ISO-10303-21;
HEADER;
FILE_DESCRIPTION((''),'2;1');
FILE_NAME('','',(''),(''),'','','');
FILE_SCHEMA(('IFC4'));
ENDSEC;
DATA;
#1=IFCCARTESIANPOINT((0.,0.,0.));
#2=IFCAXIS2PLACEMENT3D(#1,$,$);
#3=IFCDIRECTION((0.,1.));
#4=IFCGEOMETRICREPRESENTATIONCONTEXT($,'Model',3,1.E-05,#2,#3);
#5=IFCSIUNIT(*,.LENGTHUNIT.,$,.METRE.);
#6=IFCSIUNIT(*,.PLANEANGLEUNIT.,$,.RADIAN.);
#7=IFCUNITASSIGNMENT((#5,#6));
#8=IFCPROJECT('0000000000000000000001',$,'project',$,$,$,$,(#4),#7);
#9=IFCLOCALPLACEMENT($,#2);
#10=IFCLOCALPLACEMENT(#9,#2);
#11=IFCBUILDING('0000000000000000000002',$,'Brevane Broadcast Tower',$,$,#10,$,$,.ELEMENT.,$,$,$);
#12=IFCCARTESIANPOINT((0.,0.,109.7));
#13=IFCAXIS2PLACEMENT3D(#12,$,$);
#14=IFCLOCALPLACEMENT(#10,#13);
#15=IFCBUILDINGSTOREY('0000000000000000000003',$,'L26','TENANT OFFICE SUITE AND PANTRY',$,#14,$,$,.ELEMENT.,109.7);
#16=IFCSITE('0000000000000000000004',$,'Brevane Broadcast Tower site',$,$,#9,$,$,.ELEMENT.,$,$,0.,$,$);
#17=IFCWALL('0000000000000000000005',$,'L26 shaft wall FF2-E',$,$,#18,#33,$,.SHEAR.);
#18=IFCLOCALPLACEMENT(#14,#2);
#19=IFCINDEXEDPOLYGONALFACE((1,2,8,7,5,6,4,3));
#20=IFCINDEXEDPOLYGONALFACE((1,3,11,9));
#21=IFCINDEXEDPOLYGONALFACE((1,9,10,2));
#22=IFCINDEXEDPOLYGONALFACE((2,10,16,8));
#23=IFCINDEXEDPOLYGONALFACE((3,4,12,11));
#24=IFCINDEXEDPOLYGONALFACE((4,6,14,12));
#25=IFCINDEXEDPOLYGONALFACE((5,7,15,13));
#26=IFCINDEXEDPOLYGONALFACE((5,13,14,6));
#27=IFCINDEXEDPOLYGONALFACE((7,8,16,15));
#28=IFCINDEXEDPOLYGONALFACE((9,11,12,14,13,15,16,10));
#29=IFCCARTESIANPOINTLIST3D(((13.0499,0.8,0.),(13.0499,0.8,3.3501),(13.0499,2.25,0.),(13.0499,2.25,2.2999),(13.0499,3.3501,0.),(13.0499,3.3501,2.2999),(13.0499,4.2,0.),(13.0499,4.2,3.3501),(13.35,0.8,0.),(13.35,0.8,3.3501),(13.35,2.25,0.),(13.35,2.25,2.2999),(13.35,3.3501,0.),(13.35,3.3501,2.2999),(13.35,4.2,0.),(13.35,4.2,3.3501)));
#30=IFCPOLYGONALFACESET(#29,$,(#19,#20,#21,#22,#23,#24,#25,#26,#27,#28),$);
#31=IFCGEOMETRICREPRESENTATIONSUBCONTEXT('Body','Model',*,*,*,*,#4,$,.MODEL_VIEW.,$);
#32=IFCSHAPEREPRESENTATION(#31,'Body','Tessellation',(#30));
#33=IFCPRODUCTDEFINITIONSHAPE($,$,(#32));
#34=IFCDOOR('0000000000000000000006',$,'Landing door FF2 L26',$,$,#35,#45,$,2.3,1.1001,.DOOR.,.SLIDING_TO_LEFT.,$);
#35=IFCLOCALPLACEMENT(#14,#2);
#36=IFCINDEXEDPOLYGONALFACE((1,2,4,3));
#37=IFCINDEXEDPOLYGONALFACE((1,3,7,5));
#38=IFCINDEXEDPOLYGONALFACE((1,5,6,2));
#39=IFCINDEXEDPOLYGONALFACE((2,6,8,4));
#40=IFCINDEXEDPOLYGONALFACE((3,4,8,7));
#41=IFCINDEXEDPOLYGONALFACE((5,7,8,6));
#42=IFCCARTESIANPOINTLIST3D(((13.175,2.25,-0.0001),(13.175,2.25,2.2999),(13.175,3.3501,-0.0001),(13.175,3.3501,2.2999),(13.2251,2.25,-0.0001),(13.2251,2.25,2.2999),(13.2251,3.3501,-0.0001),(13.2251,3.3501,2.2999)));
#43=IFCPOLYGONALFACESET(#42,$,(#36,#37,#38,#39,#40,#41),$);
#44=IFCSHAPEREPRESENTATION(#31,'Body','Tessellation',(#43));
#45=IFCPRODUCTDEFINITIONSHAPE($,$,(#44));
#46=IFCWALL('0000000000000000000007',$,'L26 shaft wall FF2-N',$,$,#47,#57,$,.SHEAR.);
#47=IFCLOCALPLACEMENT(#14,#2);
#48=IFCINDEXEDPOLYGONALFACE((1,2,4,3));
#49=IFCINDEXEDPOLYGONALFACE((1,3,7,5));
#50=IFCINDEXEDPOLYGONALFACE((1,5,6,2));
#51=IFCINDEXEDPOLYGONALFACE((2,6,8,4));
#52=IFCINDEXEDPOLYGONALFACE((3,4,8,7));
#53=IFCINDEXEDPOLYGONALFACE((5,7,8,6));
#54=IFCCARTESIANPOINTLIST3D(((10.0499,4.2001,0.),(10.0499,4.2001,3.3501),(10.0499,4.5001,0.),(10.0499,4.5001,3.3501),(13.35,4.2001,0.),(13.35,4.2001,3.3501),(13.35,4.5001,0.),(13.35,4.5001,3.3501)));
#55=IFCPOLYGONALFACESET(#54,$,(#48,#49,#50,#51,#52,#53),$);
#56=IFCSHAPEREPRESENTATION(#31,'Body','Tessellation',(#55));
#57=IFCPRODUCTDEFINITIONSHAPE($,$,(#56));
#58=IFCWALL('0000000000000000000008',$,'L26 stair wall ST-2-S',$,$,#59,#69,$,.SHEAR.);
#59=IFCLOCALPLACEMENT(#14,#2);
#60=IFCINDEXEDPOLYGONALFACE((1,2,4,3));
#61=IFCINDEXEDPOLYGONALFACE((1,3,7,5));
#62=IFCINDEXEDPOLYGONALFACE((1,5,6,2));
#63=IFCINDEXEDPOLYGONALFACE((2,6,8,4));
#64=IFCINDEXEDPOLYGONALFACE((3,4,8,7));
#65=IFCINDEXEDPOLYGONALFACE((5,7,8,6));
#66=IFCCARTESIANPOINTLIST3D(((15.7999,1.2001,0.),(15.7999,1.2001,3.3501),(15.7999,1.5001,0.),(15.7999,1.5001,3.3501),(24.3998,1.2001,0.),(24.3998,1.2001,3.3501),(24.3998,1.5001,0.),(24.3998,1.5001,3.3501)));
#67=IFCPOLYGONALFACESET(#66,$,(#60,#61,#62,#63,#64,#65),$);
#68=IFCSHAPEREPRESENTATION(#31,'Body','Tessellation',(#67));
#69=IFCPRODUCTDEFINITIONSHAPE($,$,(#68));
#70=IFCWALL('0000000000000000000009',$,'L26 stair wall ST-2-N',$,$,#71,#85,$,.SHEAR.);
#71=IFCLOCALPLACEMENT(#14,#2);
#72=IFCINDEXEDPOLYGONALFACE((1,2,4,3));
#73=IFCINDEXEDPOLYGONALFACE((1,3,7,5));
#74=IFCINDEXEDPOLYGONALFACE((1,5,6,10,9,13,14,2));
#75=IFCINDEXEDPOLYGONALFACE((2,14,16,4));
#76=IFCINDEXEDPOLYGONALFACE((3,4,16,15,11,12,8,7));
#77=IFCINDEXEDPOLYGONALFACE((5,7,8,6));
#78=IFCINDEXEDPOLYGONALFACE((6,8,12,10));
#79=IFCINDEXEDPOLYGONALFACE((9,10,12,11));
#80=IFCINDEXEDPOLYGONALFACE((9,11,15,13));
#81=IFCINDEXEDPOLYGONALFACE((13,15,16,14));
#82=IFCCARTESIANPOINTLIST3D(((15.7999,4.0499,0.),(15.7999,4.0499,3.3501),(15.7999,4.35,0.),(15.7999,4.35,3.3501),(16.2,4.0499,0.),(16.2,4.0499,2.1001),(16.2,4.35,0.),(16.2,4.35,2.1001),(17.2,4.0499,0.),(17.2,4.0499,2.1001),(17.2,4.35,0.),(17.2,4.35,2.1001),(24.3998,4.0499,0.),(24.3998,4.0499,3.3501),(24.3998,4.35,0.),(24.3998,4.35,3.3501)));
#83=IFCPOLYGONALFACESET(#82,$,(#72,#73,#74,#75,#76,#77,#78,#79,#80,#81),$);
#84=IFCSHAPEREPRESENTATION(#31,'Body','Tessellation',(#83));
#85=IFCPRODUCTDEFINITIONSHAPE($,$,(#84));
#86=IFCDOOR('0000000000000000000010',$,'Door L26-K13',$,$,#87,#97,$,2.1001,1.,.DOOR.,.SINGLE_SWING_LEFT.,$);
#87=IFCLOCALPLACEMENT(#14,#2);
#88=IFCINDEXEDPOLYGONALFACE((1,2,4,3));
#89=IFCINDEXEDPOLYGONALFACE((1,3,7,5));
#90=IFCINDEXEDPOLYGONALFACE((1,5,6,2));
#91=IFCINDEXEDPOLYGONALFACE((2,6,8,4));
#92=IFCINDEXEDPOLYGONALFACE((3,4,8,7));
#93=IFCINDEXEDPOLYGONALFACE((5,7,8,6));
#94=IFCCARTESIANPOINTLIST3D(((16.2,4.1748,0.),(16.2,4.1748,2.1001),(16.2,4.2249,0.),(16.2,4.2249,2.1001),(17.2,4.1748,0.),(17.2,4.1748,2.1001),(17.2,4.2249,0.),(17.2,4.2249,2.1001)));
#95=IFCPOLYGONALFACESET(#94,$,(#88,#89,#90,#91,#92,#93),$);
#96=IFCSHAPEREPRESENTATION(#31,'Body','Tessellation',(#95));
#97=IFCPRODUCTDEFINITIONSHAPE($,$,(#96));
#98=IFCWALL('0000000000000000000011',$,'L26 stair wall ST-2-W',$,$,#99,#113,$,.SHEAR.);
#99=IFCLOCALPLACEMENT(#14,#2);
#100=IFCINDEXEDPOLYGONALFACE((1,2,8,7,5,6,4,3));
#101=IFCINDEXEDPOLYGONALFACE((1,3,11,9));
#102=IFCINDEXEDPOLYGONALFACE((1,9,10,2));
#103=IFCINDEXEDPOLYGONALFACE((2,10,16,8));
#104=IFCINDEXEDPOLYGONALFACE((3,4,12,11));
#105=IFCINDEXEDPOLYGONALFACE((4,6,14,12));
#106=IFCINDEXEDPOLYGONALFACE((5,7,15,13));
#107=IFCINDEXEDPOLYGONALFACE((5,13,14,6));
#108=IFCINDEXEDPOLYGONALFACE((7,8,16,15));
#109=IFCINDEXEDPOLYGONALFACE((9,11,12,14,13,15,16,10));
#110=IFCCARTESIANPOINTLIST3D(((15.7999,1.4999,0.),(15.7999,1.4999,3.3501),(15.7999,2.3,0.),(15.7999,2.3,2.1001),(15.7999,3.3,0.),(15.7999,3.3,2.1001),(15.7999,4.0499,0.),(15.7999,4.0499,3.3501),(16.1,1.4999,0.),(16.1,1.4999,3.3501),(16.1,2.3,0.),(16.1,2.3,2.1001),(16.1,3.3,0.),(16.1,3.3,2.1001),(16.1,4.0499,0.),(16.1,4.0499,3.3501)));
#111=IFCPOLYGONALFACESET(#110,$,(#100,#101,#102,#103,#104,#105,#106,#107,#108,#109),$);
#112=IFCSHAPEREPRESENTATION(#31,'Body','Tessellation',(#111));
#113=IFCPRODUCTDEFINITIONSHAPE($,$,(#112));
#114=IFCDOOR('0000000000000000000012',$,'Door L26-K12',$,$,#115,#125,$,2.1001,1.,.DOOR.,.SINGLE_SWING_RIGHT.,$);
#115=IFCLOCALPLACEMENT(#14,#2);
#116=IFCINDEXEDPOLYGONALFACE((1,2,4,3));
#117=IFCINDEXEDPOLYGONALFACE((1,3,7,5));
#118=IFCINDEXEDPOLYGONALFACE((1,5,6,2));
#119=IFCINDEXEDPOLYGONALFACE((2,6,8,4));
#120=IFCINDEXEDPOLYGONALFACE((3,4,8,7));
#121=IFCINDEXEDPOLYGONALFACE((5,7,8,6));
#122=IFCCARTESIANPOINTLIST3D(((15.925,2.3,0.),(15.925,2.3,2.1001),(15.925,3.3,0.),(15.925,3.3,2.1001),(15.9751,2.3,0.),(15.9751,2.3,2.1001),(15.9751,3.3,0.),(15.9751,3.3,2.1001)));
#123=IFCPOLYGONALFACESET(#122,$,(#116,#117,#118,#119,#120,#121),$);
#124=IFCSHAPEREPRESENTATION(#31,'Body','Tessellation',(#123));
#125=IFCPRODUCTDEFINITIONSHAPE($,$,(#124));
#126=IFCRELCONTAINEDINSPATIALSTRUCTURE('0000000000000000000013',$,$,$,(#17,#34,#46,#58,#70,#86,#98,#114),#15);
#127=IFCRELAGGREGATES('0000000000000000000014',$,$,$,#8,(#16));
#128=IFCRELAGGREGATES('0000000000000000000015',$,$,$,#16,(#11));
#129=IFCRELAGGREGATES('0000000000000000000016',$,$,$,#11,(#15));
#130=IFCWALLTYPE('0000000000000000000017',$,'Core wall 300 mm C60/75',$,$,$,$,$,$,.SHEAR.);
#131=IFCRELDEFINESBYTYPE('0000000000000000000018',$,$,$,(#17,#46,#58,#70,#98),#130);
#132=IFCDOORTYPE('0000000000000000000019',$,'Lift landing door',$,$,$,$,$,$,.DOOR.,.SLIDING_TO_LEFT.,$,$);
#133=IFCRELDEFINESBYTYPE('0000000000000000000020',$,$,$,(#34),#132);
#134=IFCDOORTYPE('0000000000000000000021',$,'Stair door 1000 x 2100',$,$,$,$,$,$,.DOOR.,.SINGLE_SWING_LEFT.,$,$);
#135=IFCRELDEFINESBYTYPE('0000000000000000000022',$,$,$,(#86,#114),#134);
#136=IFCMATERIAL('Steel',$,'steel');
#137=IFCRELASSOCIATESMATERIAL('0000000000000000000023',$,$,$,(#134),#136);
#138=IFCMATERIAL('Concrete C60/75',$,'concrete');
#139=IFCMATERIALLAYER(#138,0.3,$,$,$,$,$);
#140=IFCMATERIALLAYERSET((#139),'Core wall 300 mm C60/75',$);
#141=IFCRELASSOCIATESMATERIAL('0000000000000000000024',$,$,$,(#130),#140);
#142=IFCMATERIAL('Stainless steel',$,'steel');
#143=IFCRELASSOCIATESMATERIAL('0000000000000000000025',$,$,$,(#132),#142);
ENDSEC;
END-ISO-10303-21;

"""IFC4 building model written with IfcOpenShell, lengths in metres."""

from ifc_helpers import new_model, si_unit, direction, frame, frame_2d, origin, place, context, subcontext, project, spatial, rectangle, extrude, material, layer, layer_set, type_object, element, fill, save


model = new_model("IFC4")

# Units and contexts
model_context = context("Model", 3, precision=1e-05, world=origin(), true_north=direction((0.0, 1.0)))
body_context = subcontext(model_context, "Body", "Model", "MODEL_VIEW")
ifc_project = project(units=[si_unit("LENGTHUNIT", "METRE"), si_unit("PLANEANGLEUNIT", "RADIAN")], contexts=[model_context])

# Site, building, storey
site_placement = place(None, origin())
site = spatial("IfcSite", under=ifc_project, at=site_placement, Name="Brevane Broadcast Tower site", CompositionType="ELEMENT", RefElevation=0.0)
building_placement = place(site_placement, origin())
building = spatial("IfcBuilding", under=site, at=building_placement, Name="Brevane Broadcast Tower", CompositionType="ELEMENT")
storey_placement = place(building_placement, frame((0.0, 0.0, 109.7)))
storey = spatial("IfcBuildingStorey", under=building, at=storey_placement, Name="L26", Description="TENANT OFFICE SUITE AND PANTRY", CompositionType="ELEMENT", Elevation=109.7)

# Shared definitions
ifc_material_1 = material(Name="Steel", Category="steel")
door_type_1 = type_object("IfcDoorType", Name="Stair door 1000 x 2100", OperationType="SINGLE_SWING_LEFT", PredefinedType="DOOR", material=ifc_material_1)

# Shared definitions
ifc_material_2 = material(Name="Concrete C60/75", Category="concrete")
ifc_layer_1 = layer(ifc_material_2, 0.3)
ifc_layer_set_1 = layer_set([ifc_layer_1], Name="Core wall 300 mm C60/75")
wall_type_1 = type_object("IfcWallType", Name="Core wall 300 mm C60/75", PredefinedType="SHEAR", material=ifc_layer_set_1)

# Wall, opening, door
wall_1_placement = place(storey_placement, frame((13.2, 0.8, 0.0), z_axis=(0.0, 0.0, 1.0), x_axis=(0.0, 1.0, 0.0)))
wall_1 = element("IfcWall", 1, at=wall_1_placement, inside=storey, type_object=wall_type_1, Name="L26 shaft wall FF2-E", PredefinedType="SHEAR", context=body_context, shape_type="SweptSolid", body=[
    extrude(rectangle(XDim=3.3999, YDim=0.3, at=frame_2d((1.7, 0.0))), origin(), (0.0, 0.0, 1.0), 3.3501),
])
opening_1_placement = place(wall_1_placement, frame((1.45, 0.0, 0.0)))
opening_1 = element("IfcOpeningElement", 2, at=opening_1_placement, cuts=wall_1, PredefinedType="OPENING", context=body_context, shape_type="SweptSolid", body=[
    extrude(rectangle(XDim=1.1001, YDim=2.3, at=frame_2d((0.55, 1.1499))), frame((0.0, 0.1599, 0.0), z_axis=(0.0, -1.0, 0.0), x_axis=(1.0, 0.0, 0.0)), (0.0, 0.0, 1.0), 0.3201),
])
ifc_material_3 = material(Name="Stainless steel", Category="steel")
door_type_2 = type_object("IfcDoorType", Name="Lift landing door", OperationType="SLIDING_TO_LEFT", PredefinedType="DOOR", material=ifc_material_3)
door_1_placement = place(opening_1_placement, origin())
door_1 = element("IfcDoor", 3, at=door_1_placement, inside=storey, type_object=door_type_2, Name="Landing door FF2 L26", OperationType="SLIDING_TO_LEFT", OverallHeight=2.3, OverallWidth=1.1001, PredefinedType="DOOR", context=body_context, shape_type="SweptSolid", body=[
    extrude(rectangle(XDim=1.1001, YDim=2.3, at=frame_2d((0.55, 1.1499))), frame((0.0, 0.0249, 0.0), z_axis=(0.0, -1.0, 0.0), x_axis=(1.0, 0.0, 0.0)), (0.0, 0.0, 1.0), 0.05),
])
fill(opening_1, door_1)

# Walls
wall_2_placement = place(storey_placement, frame((10.05, 4.3501, 0.0), z_axis=(0.0, 0.0, 1.0), x_axis=(1.0, 0.0, 0.0)))
element("IfcWall", 4, at=wall_2_placement, inside=storey, type_object=wall_type_1, Name="L26 shaft wall FF2-N", PredefinedType="SHEAR", context=body_context, shape_type="SweptSolid", body=[
    extrude(rectangle(XDim=3.3, YDim=0.3, at=frame_2d((1.6499, 0.0))), origin(), (0.0, 0.0, 1.0), 3.3501),
])
wall_3_placement = place(storey_placement, frame((15.8, 1.3501, 0.0), z_axis=(0.0, 0.0, 1.0), x_axis=(1.0, 0.0, 0.0)))
element("IfcWall", 5, at=wall_3_placement, inside=storey, type_object=wall_type_1, Name="L26 stair wall ST-2-S", PredefinedType="SHEAR", context=body_context, shape_type="SweptSolid", body=[
    extrude(rectangle(XDim=8.5999, YDim=0.3, at=frame_2d((4.2998, 0.0))), origin(), (0.0, 0.0, 1.0), 3.3501),
])

# Walls, openings, doors
wall_4_placement = place(storey_placement, frame((15.8, 4.2, 0.0), z_axis=(0.0, 0.0, 1.0), x_axis=(1.0, 0.0, 0.0)))
wall_4 = element("IfcWall", 6, at=wall_4_placement, inside=storey, type_object=wall_type_1, Name="L26 stair wall ST-2-N", PredefinedType="SHEAR", context=body_context, shape_type="SweptSolid", body=[
    extrude(rectangle(XDim=8.5999, YDim=0.3, at=frame_2d((4.2998, 0.0))), origin(), (0.0, 0.0, 1.0), 3.3501),
])
opening_2_placement = place(wall_4_placement, frame((0.3999, 0.0, 0.0)))
opening_2 = element("IfcOpeningElement", 7, at=opening_2_placement, cuts=wall_4, PredefinedType="OPENING", context=body_context, shape_type="SweptSolid", body=[
    extrude(rectangle(XDim=1.0, YDim=2.1001, at=frame_2d((0.5, 1.05))), frame((0.0, 0.1599, 0.0), z_axis=(0.0, -1.0, 0.0), x_axis=(1.0, 0.0, 0.0)), (0.0, 0.0, 1.0), 0.3201),
])
door_2_placement = place(opening_2_placement, origin())
door_2 = element("IfcDoor", 8, at=door_2_placement, inside=storey, type_object=door_type_1, Name="Door L26-K13", OperationType="SINGLE_SWING_LEFT", OverallHeight=2.1001, OverallWidth=1.0, PredefinedType="DOOR", context=body_context, shape_type="SweptSolid", body=[
    extrude(rectangle(XDim=1.0, YDim=2.1001, at=frame_2d((0.5, 1.05))), frame((0.0, 0.0249, 0.0), z_axis=(0.0, -1.0, 0.0), x_axis=(1.0, 0.0, 0.0)), (0.0, 0.0, 1.0), 0.05),
])
fill(opening_2, door_2)
wall_5_placement = place(storey_placement, frame((15.95, 1.5, 0.0), z_axis=(0.0, 0.0, 1.0), x_axis=(0.0, 1.0, 0.0)))
wall_5 = element("IfcWall", 9, at=wall_5_placement, inside=storey, type_object=wall_type_1, Name="L26 stair wall ST-2-W", PredefinedType="SHEAR", context=body_context, shape_type="SweptSolid", body=[
    extrude(rectangle(XDim=2.55, YDim=0.3, at=frame_2d((1.2749, 0.0))), origin(), (0.0, 0.0, 1.0), 3.3501),
])
opening_3_placement = place(wall_5_placement, frame((0.8, 0.0, 0.0)))
opening_3 = element("IfcOpeningElement", 10, at=opening_3_placement, cuts=wall_5, PredefinedType="OPENING", context=body_context, shape_type="SweptSolid", body=[
    extrude(rectangle(XDim=1.0, YDim=2.1001, at=frame_2d((0.5, 1.05))), frame((0.0, 0.1599, 0.0), z_axis=(0.0, -1.0, 0.0), x_axis=(1.0, 0.0, 0.0)), (0.0, 0.0, 1.0), 0.3201),
])
door_3_placement = place(opening_3_placement, origin())
door_3 = element("IfcDoor", 11, at=door_3_placement, inside=storey, type_object=door_type_1, Name="Door L26-K12", OperationType="SINGLE_SWING_RIGHT", OverallHeight=2.1001, OverallWidth=1.0, PredefinedType="DOOR", context=body_context, shape_type="SweptSolid", body=[
    extrude(rectangle(XDim=1.0, YDim=2.1001, at=frame_2d((0.5, 1.05))), frame((0.0, 0.0249, 0.0), z_axis=(0.0, -1.0, 0.0), x_axis=(1.0, 0.0, 0.0)), (0.0, 0.0, 1.0), 0.05),
])
fill(opening_3, door_3)

save(model, "model.ifc")
